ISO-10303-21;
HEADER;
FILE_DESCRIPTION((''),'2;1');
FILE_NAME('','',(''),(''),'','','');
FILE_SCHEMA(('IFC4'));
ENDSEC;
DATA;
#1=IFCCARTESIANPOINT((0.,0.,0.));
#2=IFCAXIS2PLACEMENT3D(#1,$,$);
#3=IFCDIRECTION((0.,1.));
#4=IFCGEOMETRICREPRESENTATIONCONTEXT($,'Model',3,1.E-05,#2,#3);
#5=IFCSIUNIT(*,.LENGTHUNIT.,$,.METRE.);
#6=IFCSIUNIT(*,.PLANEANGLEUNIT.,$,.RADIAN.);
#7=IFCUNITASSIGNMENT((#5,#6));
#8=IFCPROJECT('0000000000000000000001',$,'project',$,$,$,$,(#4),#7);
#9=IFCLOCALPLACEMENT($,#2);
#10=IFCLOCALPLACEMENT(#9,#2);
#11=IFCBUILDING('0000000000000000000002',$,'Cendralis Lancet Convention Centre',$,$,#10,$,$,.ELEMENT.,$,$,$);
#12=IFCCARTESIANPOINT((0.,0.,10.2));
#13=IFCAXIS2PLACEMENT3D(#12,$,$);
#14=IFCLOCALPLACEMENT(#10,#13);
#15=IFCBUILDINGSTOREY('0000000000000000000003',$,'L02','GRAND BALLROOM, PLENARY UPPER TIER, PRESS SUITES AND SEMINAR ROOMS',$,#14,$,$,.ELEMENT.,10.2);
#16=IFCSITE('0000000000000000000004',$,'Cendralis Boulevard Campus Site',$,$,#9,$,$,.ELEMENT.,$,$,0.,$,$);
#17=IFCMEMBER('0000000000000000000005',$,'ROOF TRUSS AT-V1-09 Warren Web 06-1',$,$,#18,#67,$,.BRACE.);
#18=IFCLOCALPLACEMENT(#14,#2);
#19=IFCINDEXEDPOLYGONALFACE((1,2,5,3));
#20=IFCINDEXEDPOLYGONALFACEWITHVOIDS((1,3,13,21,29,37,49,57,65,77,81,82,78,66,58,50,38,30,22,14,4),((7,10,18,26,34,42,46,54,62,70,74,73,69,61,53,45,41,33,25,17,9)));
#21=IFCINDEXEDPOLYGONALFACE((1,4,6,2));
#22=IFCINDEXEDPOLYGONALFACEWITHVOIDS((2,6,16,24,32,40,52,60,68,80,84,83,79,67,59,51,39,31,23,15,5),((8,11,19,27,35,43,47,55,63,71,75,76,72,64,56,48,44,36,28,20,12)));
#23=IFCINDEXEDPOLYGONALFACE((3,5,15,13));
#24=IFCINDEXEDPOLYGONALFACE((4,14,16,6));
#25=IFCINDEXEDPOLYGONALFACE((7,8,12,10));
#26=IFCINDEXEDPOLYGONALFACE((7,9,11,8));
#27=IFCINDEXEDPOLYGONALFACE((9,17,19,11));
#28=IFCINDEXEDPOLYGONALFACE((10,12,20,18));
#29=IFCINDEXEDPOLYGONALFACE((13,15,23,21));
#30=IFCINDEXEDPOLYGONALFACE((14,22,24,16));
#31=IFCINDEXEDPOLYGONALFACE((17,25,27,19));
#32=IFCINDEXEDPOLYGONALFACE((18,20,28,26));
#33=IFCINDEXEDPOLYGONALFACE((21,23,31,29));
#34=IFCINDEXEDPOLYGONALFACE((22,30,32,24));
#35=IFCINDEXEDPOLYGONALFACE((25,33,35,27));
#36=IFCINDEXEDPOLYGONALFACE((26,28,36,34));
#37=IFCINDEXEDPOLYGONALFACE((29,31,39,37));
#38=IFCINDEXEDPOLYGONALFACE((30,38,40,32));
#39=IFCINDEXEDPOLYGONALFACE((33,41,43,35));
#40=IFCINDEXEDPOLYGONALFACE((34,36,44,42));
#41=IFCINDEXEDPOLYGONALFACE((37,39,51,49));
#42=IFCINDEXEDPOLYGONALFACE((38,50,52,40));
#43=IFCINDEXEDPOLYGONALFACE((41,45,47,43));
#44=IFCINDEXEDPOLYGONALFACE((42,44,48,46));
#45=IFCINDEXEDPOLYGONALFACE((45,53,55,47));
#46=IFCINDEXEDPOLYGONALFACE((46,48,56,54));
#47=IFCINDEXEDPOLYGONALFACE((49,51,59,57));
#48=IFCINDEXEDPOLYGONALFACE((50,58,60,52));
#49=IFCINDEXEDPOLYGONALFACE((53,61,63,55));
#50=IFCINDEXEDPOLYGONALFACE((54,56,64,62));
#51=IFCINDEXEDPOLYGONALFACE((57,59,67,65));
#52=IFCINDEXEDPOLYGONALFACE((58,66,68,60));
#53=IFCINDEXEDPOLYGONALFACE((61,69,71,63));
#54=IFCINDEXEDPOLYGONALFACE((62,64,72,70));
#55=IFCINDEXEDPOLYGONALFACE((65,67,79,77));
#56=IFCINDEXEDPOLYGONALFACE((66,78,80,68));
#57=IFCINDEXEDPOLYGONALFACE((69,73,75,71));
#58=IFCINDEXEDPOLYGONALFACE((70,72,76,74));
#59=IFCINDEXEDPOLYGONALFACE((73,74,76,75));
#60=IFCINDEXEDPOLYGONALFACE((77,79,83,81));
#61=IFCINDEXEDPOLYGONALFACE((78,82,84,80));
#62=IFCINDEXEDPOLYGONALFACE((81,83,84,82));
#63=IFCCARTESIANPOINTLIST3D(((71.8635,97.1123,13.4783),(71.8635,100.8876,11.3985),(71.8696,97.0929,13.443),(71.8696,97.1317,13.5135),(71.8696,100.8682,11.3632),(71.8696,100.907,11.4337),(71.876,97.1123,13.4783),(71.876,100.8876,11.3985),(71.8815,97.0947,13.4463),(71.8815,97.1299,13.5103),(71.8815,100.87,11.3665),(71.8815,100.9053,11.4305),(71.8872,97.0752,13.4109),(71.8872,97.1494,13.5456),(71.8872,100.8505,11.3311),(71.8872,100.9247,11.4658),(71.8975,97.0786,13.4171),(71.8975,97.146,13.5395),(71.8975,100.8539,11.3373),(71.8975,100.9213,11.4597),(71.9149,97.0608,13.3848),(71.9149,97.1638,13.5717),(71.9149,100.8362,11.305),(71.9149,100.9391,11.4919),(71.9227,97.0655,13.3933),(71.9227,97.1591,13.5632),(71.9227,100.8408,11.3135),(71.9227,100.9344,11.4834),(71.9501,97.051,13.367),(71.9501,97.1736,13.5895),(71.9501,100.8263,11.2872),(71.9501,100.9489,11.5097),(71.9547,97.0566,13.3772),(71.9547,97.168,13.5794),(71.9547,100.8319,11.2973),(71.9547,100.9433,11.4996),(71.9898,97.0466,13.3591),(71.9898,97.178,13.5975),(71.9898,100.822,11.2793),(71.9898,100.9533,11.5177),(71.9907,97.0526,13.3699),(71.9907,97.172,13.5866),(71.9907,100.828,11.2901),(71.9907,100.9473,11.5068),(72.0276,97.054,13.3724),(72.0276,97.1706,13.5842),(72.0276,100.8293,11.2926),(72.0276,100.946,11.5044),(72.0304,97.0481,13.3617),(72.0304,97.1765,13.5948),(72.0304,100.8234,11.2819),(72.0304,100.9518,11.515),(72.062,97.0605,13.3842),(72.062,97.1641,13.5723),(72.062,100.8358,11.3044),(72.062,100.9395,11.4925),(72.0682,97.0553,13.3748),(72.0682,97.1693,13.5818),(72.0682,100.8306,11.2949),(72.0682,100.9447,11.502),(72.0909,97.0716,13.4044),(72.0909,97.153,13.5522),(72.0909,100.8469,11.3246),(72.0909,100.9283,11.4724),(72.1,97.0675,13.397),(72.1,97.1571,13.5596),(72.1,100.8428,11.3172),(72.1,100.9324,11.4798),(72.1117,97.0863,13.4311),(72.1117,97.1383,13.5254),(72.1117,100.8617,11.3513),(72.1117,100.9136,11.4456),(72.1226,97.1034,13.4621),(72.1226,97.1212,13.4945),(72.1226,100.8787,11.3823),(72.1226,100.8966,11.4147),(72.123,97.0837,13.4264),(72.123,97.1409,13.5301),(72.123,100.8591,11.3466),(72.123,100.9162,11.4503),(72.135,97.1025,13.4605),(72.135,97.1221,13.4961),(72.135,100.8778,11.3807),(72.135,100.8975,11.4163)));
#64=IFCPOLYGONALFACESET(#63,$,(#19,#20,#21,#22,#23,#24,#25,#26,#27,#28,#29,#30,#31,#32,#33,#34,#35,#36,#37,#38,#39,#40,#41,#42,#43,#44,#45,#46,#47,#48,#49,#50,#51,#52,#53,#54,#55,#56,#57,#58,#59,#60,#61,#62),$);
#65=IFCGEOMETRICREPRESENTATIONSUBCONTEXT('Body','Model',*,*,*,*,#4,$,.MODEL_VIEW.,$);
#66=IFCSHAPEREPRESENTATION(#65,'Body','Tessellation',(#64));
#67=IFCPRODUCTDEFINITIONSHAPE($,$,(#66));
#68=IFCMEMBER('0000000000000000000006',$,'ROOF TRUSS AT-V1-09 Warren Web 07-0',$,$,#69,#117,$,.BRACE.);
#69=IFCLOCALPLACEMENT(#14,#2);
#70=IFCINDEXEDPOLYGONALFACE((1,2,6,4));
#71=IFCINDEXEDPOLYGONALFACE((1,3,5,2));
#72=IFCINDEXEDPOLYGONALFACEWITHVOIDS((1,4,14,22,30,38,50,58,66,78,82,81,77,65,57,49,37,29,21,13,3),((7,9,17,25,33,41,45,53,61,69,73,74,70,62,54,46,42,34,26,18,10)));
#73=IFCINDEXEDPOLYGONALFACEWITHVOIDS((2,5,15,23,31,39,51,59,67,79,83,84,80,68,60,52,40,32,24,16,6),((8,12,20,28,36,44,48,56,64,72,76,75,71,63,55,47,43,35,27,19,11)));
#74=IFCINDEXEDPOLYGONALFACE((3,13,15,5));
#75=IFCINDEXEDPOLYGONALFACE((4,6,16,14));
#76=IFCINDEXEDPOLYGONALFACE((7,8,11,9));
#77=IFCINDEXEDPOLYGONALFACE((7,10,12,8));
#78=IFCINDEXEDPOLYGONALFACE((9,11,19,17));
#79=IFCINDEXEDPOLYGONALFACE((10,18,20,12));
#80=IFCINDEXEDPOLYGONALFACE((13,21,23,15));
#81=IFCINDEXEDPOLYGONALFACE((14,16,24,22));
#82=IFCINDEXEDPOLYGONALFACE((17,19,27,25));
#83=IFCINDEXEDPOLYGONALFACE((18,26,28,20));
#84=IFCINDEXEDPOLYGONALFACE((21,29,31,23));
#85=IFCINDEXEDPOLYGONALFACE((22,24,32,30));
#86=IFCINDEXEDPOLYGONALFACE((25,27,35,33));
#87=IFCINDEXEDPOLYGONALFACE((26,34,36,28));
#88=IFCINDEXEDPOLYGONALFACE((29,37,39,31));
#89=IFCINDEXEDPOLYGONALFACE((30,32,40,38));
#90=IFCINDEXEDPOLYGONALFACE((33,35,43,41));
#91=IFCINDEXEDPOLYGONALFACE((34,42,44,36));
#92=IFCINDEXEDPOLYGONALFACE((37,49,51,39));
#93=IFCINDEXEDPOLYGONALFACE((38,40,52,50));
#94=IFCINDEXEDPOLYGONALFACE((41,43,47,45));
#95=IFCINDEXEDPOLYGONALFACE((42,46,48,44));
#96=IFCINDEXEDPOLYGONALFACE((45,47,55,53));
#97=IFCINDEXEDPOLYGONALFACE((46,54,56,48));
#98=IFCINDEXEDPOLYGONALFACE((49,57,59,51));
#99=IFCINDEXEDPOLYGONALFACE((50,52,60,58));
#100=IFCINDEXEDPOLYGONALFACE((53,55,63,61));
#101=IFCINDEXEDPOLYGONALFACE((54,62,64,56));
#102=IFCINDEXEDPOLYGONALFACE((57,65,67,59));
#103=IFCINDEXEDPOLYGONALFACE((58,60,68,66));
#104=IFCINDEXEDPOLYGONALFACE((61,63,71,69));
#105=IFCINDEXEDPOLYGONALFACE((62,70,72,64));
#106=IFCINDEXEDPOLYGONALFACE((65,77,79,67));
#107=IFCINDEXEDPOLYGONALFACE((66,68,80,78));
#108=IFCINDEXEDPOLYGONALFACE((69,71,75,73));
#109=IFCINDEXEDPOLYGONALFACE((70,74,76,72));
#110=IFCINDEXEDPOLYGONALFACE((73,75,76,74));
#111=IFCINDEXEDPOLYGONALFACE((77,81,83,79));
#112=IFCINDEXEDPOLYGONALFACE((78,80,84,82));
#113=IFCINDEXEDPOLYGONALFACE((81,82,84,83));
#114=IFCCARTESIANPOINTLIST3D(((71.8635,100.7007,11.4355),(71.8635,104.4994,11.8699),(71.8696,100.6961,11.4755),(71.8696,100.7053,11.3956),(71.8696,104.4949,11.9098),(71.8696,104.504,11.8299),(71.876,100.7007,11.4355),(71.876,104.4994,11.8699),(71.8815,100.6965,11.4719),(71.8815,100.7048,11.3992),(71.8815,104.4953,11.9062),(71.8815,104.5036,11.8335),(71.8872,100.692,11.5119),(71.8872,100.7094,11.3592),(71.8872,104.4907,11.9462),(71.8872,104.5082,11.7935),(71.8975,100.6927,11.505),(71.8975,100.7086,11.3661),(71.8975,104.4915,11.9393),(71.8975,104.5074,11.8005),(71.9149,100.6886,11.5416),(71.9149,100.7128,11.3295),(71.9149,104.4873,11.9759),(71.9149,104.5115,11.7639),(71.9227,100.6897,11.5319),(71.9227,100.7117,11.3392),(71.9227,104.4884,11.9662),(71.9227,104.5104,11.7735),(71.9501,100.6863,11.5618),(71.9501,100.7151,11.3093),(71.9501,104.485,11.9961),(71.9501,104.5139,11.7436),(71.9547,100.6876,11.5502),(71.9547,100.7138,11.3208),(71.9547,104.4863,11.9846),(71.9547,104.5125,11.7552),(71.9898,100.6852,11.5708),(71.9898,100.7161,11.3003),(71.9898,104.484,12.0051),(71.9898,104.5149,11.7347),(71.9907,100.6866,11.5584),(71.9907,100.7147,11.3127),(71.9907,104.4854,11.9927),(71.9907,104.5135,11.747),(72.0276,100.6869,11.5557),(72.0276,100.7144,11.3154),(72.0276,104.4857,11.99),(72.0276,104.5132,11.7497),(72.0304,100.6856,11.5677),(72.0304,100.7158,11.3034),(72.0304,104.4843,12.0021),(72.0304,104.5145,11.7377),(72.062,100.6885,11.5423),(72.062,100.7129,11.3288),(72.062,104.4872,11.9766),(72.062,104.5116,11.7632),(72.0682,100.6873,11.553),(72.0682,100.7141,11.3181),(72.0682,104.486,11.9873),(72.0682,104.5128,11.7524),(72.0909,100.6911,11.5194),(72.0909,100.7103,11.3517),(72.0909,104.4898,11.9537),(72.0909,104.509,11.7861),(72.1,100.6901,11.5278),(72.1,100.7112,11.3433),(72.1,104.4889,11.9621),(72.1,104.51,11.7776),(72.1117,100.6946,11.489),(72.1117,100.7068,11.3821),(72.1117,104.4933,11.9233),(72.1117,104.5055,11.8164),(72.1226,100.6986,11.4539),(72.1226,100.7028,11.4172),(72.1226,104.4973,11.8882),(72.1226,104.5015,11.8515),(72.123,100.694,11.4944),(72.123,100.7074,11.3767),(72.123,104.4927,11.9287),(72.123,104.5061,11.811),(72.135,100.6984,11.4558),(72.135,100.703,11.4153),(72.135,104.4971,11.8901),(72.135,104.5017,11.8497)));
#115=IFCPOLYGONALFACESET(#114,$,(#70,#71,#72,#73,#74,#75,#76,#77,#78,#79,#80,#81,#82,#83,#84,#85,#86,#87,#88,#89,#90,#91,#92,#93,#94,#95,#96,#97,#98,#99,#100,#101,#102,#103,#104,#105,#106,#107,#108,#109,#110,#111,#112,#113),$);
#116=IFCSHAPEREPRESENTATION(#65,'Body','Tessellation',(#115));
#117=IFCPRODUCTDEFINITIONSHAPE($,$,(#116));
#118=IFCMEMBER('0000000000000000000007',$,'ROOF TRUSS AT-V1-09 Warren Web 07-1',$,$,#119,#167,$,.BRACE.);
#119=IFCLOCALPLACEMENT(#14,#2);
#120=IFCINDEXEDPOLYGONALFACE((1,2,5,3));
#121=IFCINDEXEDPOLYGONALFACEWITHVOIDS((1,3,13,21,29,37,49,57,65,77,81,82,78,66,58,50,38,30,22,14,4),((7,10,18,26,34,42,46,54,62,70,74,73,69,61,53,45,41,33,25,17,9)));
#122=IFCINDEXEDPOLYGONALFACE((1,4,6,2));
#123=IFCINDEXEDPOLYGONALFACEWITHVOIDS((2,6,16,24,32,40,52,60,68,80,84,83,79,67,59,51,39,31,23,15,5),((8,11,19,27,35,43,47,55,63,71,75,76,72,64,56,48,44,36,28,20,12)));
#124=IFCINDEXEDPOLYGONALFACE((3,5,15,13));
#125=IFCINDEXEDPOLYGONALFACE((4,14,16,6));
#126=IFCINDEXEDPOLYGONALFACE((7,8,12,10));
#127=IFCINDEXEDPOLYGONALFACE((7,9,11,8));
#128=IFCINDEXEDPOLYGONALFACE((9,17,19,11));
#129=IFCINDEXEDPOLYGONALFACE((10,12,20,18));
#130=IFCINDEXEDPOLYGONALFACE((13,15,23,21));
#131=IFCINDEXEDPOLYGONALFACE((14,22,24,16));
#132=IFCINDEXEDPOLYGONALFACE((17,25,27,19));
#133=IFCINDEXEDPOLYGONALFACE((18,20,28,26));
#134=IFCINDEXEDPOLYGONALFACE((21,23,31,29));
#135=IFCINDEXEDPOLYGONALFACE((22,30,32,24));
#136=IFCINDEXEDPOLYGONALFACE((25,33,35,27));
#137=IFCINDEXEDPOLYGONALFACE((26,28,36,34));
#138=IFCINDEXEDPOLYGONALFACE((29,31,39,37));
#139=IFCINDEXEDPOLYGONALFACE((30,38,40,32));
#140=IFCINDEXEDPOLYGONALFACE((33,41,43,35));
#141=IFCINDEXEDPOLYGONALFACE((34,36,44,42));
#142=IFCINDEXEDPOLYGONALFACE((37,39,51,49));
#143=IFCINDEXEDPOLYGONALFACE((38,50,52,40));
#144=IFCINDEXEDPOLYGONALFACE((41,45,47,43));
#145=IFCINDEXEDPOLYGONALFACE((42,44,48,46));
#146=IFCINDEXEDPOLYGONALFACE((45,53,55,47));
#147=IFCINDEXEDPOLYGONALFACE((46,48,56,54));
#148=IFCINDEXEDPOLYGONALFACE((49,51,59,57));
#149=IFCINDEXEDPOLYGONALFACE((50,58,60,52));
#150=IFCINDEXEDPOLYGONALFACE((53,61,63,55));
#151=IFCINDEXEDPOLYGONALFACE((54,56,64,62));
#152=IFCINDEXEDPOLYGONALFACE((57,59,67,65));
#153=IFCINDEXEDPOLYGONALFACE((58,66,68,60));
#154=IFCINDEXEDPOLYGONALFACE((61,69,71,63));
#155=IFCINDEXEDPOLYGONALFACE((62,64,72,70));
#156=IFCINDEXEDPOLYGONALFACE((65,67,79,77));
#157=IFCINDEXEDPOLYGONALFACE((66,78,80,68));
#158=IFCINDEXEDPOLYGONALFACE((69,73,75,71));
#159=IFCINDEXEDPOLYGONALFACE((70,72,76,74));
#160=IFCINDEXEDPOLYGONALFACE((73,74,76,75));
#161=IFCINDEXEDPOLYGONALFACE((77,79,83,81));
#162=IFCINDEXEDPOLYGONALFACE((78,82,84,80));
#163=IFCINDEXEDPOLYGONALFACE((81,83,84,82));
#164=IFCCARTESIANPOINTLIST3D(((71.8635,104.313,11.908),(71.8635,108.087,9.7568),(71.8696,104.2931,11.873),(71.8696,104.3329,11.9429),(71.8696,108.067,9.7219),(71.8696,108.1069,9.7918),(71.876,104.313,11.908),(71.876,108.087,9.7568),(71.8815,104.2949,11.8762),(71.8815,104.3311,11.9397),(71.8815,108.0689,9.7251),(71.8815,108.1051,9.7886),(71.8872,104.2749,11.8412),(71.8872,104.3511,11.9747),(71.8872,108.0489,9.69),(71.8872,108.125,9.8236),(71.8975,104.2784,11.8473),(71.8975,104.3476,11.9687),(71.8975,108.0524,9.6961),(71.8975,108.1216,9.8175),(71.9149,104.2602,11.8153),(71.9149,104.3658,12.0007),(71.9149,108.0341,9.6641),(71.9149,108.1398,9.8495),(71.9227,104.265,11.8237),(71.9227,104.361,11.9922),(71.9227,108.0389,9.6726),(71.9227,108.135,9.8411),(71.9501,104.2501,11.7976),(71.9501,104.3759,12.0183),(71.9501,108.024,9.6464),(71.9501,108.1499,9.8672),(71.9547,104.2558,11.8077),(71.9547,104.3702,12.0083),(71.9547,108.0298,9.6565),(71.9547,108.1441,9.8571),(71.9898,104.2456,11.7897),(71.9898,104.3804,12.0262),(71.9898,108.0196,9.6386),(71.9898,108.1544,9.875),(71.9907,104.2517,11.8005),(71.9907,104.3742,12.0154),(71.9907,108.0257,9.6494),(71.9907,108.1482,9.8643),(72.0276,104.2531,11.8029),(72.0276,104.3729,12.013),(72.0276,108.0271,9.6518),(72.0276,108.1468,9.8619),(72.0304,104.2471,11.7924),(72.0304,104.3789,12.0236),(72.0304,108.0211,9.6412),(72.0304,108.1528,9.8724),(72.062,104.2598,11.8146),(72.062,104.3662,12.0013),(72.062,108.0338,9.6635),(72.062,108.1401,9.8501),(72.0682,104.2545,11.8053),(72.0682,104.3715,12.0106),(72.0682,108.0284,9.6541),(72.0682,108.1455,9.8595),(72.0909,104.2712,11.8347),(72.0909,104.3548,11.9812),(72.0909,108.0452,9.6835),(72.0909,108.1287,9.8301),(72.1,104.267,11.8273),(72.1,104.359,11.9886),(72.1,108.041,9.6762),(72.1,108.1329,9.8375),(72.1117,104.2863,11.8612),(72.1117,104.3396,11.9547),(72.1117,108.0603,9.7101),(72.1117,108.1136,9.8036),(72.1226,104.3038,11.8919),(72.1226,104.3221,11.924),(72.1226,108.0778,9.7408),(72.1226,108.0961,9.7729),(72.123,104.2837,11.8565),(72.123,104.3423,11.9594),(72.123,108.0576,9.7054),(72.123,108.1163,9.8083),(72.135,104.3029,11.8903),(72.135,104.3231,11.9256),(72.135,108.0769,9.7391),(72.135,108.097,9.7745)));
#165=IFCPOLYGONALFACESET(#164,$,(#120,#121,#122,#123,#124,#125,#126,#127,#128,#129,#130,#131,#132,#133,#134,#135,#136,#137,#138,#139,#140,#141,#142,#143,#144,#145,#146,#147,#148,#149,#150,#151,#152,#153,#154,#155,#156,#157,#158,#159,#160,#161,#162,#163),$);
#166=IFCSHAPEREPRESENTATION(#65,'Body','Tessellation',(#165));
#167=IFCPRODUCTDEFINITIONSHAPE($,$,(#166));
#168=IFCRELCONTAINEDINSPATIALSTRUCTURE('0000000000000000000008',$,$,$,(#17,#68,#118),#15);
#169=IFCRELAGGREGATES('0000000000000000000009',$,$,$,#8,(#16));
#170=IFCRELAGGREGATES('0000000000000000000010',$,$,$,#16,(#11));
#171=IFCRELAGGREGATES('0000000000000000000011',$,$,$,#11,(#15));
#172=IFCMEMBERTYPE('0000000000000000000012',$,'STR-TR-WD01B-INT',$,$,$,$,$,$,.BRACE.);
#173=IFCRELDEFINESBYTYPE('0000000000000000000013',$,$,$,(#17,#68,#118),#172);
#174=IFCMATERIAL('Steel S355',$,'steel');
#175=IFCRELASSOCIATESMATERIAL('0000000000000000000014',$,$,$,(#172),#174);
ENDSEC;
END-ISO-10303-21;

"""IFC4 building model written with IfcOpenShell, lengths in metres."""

from ifc_helpers import new_model, si_unit, direction, frame, origin, origin_2d, place, context, subcontext, project, spatial, hollow_circle, extrude, material, material_profile, profile_set, type_object, element, save


model = new_model("IFC4")

# Units and contexts
model_context = context("Model", 3, precision=1e-05, world=origin(), true_north=direction((0.0, 1.0)))
body_context = subcontext(model_context, "Body", "Model", "MODEL_VIEW")
ifc_project = project(units=[si_unit("LENGTHUNIT", "METRE"), si_unit("PLANEANGLEUNIT", "RADIAN")], contexts=[model_context])

# Site, building, storey
site_placement = place(None, origin())
site = spatial("IfcSite", under=ifc_project, at=site_placement, Name="Cendralis Boulevard Campus Site", CompositionType="ELEMENT", RefElevation=0.0)
building_placement = place(site_placement, origin())
building = spatial("IfcBuilding", under=site, at=building_placement, Name="Cendralis Lancet Convention Centre", CompositionType="ELEMENT")
storey_placement = place(building_placement, frame((0.0, 0.0, 10.2)))
storey = spatial("IfcBuildingStorey", under=building, at=storey_placement, Name="L02", Description="GRAND BALLROOM, PLENARY UPPER TIER, PRESS SUITES AND SEMINAR ROOMS", CompositionType="ELEMENT", Elevation=10.2)

# Members
ifc_material = material(Name="Steel S355", Category="steel")
ifc_material_profile_1 = material_profile(ifc_material, hollow_circle(Radius=0.1365, WallThickness=0.0125, at=origin_2d()), Name="CHS 273.0x12.5")
ifc_profile_set_1 = profile_set([ifc_material_profile_1], Name="Steel S355")
member_type_1 = type_object("IfcMemberType", Name="STR-TR-WD01B-INT", PredefinedType="BRACE", material=ifc_profile_set_1)
member_1_placement = place(storey_placement, frame((72.0, 97.1123, 13.4783), z_axis=(0.0, 0.875886, -0.482519), x_axis=(-1.0, 0.0, 0.0)))
element("IfcMember", 1, at=member_1_placement, inside=storey, type_object=member_type_1, Name="ROOF TRUSS AT-V1-09 Warren Web 06-1", PredefinedType="BRACE", context=body_context, shape_type="SweptSolid", body=[
    extrude(hollow_circle(Radius=0.1365, WallThickness=0.0125, at=origin_2d()), origin(), (0.0, 0.0, 1.0), 4.3103),
])
member_2_placement = place(storey_placement, frame((72.0, 100.7007, 11.4355), z_axis=(0.0, 0.993528, 0.113592), x_axis=(-1.0, 0.0, 0.0)))
element("IfcMember", 2, at=member_2_placement, inside=storey, type_object=member_type_1, Name="ROOF TRUSS AT-V1-09 Warren Web 07-0", PredefinedType="BRACE", context=body_context, shape_type="SweptSolid", body=[
    extrude(hollow_circle(Radius=0.1365, WallThickness=0.0125, at=origin_2d()), origin(), (0.0, 0.0, 1.0), 3.8235),
])
member_3_placement = place(storey_placement, frame((72.0, 104.313, 11.908), z_axis=(0.0, 0.868779, -0.4952), x_axis=(-1.0, 0.0, 0.0)))
element("IfcMember", 3, at=member_3_placement, inside=storey, type_object=member_type_1, Name="ROOF TRUSS AT-V1-09 Warren Web 07-1", PredefinedType="BRACE", context=body_context, shape_type="SweptSolid", body=[
    extrude(hollow_circle(Radius=0.1365, WallThickness=0.0125, at=origin_2d()), origin(), (0.0, 0.0, 1.0), 4.344),
])

save(model, "model.ifc")
